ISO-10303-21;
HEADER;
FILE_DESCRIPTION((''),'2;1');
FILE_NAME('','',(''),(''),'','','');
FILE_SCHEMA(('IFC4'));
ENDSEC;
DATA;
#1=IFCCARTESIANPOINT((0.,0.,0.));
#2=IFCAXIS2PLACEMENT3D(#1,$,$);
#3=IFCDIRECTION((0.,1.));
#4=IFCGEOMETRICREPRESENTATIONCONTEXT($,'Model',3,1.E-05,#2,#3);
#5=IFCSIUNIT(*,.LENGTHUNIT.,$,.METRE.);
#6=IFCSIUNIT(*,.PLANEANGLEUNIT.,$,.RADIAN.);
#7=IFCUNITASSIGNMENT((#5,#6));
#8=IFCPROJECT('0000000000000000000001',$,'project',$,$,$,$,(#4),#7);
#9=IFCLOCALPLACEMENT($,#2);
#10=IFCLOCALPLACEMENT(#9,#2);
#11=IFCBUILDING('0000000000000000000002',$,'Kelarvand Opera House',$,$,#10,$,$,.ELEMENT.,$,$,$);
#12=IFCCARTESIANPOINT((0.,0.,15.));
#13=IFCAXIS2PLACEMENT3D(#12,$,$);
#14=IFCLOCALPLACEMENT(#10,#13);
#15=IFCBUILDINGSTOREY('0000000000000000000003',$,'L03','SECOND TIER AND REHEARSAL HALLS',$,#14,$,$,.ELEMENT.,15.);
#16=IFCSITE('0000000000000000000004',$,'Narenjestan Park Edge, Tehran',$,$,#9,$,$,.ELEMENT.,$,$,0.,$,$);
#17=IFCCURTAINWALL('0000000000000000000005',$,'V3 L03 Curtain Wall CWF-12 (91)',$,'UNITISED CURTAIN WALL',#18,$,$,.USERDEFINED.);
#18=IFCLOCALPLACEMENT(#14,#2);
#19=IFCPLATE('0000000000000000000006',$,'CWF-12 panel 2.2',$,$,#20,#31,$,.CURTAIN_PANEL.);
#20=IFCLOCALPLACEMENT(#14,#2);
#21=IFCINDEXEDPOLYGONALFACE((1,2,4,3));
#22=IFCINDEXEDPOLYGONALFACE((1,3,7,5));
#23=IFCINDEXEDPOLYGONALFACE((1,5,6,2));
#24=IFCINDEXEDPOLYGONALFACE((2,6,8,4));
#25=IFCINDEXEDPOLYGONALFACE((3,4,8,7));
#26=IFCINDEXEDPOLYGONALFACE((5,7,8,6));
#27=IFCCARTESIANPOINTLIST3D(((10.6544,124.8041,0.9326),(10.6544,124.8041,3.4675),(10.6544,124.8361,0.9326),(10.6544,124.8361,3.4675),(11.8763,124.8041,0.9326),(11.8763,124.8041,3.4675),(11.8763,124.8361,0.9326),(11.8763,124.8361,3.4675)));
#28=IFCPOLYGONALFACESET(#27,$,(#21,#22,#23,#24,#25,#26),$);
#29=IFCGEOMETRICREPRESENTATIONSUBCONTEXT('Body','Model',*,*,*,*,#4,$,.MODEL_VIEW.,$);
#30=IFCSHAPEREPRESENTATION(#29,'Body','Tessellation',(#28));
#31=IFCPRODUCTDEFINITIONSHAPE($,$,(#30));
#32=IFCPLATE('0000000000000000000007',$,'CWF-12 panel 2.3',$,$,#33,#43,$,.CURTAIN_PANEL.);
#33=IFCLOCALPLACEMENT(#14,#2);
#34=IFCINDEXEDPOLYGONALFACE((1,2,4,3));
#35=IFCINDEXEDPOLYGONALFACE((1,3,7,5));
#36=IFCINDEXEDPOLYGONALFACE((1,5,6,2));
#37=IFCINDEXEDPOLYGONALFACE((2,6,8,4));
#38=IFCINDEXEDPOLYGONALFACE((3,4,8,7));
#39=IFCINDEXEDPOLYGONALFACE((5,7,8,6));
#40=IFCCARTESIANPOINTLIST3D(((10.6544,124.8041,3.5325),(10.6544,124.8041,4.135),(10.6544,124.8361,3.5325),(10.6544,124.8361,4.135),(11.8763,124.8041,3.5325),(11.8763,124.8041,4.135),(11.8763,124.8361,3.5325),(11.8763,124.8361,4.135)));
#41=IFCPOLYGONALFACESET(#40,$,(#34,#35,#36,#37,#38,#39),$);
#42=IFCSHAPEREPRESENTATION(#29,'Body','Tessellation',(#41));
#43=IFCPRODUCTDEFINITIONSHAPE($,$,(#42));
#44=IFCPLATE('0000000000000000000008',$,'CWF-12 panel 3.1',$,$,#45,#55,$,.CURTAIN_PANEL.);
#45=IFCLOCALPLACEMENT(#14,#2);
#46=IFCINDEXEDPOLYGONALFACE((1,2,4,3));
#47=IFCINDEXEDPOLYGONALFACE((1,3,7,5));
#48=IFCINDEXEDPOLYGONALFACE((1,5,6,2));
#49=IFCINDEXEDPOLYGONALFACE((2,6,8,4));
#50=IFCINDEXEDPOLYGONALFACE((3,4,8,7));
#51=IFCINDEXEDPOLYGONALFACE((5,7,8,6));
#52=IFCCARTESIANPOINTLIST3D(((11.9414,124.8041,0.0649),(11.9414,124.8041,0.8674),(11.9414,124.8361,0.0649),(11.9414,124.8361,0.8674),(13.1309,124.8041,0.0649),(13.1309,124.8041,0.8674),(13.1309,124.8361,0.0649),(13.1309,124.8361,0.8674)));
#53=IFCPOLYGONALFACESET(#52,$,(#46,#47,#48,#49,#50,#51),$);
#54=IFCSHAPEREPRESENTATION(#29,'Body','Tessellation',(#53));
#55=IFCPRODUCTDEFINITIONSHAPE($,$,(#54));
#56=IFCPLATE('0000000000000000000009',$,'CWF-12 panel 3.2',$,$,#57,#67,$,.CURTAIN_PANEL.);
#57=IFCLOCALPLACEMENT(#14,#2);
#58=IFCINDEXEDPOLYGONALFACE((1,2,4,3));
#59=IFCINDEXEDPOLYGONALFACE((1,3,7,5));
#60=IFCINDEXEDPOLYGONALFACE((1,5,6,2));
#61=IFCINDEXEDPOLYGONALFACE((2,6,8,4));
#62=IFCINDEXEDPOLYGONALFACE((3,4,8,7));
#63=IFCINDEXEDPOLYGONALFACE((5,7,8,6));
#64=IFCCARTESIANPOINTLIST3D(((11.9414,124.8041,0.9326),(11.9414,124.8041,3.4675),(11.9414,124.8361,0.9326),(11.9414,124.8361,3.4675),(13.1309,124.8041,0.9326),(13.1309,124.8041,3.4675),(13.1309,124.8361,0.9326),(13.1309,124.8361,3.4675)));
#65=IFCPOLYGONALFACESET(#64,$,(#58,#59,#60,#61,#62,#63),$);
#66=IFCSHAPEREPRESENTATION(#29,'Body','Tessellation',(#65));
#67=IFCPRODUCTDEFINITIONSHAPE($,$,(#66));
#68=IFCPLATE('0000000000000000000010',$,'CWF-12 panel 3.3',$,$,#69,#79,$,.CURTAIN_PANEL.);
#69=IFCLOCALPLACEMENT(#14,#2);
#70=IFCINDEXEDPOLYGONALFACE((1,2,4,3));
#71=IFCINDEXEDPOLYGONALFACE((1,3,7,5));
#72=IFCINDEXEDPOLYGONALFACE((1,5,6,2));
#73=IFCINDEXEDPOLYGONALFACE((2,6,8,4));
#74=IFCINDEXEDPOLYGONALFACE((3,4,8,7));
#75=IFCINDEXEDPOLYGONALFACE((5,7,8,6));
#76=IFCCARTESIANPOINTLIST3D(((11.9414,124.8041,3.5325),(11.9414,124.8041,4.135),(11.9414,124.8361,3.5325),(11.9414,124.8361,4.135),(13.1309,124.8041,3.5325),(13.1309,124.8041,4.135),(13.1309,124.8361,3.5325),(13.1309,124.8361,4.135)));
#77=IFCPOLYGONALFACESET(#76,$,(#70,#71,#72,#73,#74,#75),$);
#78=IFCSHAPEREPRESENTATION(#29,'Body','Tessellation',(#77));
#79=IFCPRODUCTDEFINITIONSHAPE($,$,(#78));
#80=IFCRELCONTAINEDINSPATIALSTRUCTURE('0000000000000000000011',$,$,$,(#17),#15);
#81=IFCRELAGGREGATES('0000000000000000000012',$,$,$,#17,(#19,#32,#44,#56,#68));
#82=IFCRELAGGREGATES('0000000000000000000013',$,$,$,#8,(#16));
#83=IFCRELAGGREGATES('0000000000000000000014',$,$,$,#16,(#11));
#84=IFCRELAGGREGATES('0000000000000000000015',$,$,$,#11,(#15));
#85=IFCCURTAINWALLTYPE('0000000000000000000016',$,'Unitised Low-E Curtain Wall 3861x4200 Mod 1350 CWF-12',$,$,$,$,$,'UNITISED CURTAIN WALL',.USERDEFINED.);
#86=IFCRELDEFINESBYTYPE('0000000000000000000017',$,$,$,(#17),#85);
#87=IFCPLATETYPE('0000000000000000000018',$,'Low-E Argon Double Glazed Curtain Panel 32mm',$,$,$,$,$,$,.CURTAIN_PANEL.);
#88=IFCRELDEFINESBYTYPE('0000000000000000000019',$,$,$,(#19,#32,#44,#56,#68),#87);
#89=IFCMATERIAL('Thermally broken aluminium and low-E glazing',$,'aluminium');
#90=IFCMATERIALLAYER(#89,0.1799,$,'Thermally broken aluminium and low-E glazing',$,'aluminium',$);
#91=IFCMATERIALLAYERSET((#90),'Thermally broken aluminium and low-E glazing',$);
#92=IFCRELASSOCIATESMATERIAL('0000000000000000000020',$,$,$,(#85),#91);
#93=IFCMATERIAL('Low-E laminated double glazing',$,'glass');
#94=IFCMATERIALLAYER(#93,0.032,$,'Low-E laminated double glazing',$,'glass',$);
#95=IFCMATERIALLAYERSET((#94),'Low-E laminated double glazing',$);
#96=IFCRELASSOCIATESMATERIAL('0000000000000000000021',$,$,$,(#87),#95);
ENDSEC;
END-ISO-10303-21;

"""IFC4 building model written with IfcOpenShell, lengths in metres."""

from ifc_helpers import new_model, si_unit, direction, frame, origin, origin_2d, place, context, subcontext, project, spatial, rectangle, extrude, material, layer, layer_set, type_object, element, aggregate, save


model = new_model("IFC4")

# Units and contexts
model_context = context("Model", 3, precision=1e-05, world=origin(), true_north=direction((0.0, 1.0)))
body_context = subcontext(model_context, "Body", "Model", "MODEL_VIEW")
ifc_project = project(units=[si_unit("LENGTHUNIT", "METRE"), si_unit("PLANEANGLEUNIT", "RADIAN")], contexts=[model_context])

# Site, building, storey
site_placement = place(None, origin())
site = spatial("IfcSite", under=ifc_project, at=site_placement, Name="Narenjestan Park Edge, Tehran", CompositionType="ELEMENT", RefElevation=0.0)
building_placement = place(site_placement, origin())
building = spatial("IfcBuilding", under=site, at=building_placement, Name="Kelarvand Opera House", CompositionType="ELEMENT")
storey_placement = place(building_placement, frame((0.0, 0.0, 15.0)))
storey = spatial("IfcBuildingStorey", under=building, at=storey_placement, Name="L03", Description="SECOND TIER AND REHEARSAL HALLS", CompositionType="ELEMENT", Elevation=15.0)

# Curtain wall
ifc_material_1 = material(Name="Thermally broken aluminium and low-E glazing", Category="aluminium")
ifc_layer_1 = layer(ifc_material_1, 0.1799, Name="Thermally broken aluminium and low-E glazing", Category="aluminium")
ifc_layer_set_1 = layer_set([ifc_layer_1], Name="Thermally broken aluminium and low-E glazing")
curtain_wall_type_1 = type_object("IfcCurtainWallType", Name="Unitised Low-E Curtain Wall 3861x4200 Mod 1350 CWF-12", ElementType="UNITISED CURTAIN WALL", PredefinedType="USERDEFINED", material=ifc_layer_set_1)
curtain_wall_1_placement = place(storey_placement, origin())
curtain_wall_1 = element("IfcCurtainWall", 1, at=curtain_wall_1_placement, inside=storey, type_object=curtain_wall_type_1, Name="V3 L03 Curtain Wall CWF-12 (91)", ObjectType="UNITISED CURTAIN WALL", PredefinedType="USERDEFINED")

# Plates
ifc_material_2 = material(Name="Low-E laminated double glazing", Category="glass")
ifc_layer_2 = layer(ifc_material_2, 0.032, Name="Low-E laminated double glazing", Category="glass")
ifc_layer_set_2 = layer_set([ifc_layer_2], Name="Low-E laminated double glazing")
plate_type = type_object("IfcPlateType", Name="Low-E Argon Double Glazed Curtain Panel 32mm", PredefinedType="CURTAIN_PANEL", material=ifc_layer_set_2)
plate_1_placement = place(storey_placement, frame((11.2654, 124.8201, 0.9326), z_axis=(0.0, 0.0, 1.0), x_axis=(1.0, 0.0, 0.0)))
plate_1 = element("IfcPlate", 2, at=plate_1_placement, type_object=plate_type, Name="CWF-12 panel 2.2", PredefinedType="CURTAIN_PANEL", context=body_context, shape_type="SweptSolid", body=[
    extrude(rectangle(XDim=1.2219, YDim=0.032, at=origin_2d()), origin(), (0.0, 0.0, 1.0), 2.5349),
])
plate_2_placement = place(storey_placement, frame((11.2654, 124.8201, 3.5325), z_axis=(0.0, 0.0, 1.0), x_axis=(1.0, 0.0, 0.0)))
plate_2 = element("IfcPlate", 3, at=plate_2_placement, type_object=plate_type, Name="CWF-12 panel 2.3", PredefinedType="CURTAIN_PANEL", context=body_context, shape_type="SweptSolid", body=[
    extrude(rectangle(XDim=1.2219, YDim=0.032, at=origin_2d()), origin(), (0.0, 0.0, 1.0), 0.6025),
])
plate_3_placement = place(storey_placement, frame((12.5361, 124.8201, 0.0649), z_axis=(0.0, 0.0, 1.0), x_axis=(1.0, 0.0, 0.0)))
plate_3 = element("IfcPlate", 4, at=plate_3_placement, type_object=plate_type, Name="CWF-12 panel 3.1", PredefinedType="CURTAIN_PANEL", context=body_context, shape_type="SweptSolid", body=[
    extrude(rectangle(XDim=1.1895, YDim=0.032, at=origin_2d()), origin(), (0.0, 0.0, 1.0), 0.8025),
])
plate_4_placement = place(storey_placement, frame((12.5361, 124.8201, 0.9326), z_axis=(0.0, 0.0, 1.0), x_axis=(1.0, 0.0, 0.0)))
plate_4 = element("IfcPlate", 5, at=plate_4_placement, type_object=plate_type, Name="CWF-12 panel 3.2", PredefinedType="CURTAIN_PANEL", context=body_context, shape_type="SweptSolid", body=[
    extrude(rectangle(XDim=1.1895, YDim=0.032, at=origin_2d()), origin(), (0.0, 0.0, 1.0), 2.5349),
])
plate_5_placement = place(storey_placement, frame((12.5361, 124.8201, 3.5325), z_axis=(0.0, 0.0, 1.0), x_axis=(1.0, 0.0, 0.0)))
plate_5 = element("IfcPlate", 6, at=plate_5_placement, type_object=plate_type, Name="CWF-12 panel 3.3", PredefinedType="CURTAIN_PANEL", context=body_context, shape_type="SweptSolid", body=[
    extrude(rectangle(XDim=1.1895, YDim=0.032, at=origin_2d()), origin(), (0.0, 0.0, 1.0), 0.6025),
])
aggregate(curtain_wall_1, [plate_1, plate_2, plate_3, plate_4, plate_5])

save(model, "model.ifc")
